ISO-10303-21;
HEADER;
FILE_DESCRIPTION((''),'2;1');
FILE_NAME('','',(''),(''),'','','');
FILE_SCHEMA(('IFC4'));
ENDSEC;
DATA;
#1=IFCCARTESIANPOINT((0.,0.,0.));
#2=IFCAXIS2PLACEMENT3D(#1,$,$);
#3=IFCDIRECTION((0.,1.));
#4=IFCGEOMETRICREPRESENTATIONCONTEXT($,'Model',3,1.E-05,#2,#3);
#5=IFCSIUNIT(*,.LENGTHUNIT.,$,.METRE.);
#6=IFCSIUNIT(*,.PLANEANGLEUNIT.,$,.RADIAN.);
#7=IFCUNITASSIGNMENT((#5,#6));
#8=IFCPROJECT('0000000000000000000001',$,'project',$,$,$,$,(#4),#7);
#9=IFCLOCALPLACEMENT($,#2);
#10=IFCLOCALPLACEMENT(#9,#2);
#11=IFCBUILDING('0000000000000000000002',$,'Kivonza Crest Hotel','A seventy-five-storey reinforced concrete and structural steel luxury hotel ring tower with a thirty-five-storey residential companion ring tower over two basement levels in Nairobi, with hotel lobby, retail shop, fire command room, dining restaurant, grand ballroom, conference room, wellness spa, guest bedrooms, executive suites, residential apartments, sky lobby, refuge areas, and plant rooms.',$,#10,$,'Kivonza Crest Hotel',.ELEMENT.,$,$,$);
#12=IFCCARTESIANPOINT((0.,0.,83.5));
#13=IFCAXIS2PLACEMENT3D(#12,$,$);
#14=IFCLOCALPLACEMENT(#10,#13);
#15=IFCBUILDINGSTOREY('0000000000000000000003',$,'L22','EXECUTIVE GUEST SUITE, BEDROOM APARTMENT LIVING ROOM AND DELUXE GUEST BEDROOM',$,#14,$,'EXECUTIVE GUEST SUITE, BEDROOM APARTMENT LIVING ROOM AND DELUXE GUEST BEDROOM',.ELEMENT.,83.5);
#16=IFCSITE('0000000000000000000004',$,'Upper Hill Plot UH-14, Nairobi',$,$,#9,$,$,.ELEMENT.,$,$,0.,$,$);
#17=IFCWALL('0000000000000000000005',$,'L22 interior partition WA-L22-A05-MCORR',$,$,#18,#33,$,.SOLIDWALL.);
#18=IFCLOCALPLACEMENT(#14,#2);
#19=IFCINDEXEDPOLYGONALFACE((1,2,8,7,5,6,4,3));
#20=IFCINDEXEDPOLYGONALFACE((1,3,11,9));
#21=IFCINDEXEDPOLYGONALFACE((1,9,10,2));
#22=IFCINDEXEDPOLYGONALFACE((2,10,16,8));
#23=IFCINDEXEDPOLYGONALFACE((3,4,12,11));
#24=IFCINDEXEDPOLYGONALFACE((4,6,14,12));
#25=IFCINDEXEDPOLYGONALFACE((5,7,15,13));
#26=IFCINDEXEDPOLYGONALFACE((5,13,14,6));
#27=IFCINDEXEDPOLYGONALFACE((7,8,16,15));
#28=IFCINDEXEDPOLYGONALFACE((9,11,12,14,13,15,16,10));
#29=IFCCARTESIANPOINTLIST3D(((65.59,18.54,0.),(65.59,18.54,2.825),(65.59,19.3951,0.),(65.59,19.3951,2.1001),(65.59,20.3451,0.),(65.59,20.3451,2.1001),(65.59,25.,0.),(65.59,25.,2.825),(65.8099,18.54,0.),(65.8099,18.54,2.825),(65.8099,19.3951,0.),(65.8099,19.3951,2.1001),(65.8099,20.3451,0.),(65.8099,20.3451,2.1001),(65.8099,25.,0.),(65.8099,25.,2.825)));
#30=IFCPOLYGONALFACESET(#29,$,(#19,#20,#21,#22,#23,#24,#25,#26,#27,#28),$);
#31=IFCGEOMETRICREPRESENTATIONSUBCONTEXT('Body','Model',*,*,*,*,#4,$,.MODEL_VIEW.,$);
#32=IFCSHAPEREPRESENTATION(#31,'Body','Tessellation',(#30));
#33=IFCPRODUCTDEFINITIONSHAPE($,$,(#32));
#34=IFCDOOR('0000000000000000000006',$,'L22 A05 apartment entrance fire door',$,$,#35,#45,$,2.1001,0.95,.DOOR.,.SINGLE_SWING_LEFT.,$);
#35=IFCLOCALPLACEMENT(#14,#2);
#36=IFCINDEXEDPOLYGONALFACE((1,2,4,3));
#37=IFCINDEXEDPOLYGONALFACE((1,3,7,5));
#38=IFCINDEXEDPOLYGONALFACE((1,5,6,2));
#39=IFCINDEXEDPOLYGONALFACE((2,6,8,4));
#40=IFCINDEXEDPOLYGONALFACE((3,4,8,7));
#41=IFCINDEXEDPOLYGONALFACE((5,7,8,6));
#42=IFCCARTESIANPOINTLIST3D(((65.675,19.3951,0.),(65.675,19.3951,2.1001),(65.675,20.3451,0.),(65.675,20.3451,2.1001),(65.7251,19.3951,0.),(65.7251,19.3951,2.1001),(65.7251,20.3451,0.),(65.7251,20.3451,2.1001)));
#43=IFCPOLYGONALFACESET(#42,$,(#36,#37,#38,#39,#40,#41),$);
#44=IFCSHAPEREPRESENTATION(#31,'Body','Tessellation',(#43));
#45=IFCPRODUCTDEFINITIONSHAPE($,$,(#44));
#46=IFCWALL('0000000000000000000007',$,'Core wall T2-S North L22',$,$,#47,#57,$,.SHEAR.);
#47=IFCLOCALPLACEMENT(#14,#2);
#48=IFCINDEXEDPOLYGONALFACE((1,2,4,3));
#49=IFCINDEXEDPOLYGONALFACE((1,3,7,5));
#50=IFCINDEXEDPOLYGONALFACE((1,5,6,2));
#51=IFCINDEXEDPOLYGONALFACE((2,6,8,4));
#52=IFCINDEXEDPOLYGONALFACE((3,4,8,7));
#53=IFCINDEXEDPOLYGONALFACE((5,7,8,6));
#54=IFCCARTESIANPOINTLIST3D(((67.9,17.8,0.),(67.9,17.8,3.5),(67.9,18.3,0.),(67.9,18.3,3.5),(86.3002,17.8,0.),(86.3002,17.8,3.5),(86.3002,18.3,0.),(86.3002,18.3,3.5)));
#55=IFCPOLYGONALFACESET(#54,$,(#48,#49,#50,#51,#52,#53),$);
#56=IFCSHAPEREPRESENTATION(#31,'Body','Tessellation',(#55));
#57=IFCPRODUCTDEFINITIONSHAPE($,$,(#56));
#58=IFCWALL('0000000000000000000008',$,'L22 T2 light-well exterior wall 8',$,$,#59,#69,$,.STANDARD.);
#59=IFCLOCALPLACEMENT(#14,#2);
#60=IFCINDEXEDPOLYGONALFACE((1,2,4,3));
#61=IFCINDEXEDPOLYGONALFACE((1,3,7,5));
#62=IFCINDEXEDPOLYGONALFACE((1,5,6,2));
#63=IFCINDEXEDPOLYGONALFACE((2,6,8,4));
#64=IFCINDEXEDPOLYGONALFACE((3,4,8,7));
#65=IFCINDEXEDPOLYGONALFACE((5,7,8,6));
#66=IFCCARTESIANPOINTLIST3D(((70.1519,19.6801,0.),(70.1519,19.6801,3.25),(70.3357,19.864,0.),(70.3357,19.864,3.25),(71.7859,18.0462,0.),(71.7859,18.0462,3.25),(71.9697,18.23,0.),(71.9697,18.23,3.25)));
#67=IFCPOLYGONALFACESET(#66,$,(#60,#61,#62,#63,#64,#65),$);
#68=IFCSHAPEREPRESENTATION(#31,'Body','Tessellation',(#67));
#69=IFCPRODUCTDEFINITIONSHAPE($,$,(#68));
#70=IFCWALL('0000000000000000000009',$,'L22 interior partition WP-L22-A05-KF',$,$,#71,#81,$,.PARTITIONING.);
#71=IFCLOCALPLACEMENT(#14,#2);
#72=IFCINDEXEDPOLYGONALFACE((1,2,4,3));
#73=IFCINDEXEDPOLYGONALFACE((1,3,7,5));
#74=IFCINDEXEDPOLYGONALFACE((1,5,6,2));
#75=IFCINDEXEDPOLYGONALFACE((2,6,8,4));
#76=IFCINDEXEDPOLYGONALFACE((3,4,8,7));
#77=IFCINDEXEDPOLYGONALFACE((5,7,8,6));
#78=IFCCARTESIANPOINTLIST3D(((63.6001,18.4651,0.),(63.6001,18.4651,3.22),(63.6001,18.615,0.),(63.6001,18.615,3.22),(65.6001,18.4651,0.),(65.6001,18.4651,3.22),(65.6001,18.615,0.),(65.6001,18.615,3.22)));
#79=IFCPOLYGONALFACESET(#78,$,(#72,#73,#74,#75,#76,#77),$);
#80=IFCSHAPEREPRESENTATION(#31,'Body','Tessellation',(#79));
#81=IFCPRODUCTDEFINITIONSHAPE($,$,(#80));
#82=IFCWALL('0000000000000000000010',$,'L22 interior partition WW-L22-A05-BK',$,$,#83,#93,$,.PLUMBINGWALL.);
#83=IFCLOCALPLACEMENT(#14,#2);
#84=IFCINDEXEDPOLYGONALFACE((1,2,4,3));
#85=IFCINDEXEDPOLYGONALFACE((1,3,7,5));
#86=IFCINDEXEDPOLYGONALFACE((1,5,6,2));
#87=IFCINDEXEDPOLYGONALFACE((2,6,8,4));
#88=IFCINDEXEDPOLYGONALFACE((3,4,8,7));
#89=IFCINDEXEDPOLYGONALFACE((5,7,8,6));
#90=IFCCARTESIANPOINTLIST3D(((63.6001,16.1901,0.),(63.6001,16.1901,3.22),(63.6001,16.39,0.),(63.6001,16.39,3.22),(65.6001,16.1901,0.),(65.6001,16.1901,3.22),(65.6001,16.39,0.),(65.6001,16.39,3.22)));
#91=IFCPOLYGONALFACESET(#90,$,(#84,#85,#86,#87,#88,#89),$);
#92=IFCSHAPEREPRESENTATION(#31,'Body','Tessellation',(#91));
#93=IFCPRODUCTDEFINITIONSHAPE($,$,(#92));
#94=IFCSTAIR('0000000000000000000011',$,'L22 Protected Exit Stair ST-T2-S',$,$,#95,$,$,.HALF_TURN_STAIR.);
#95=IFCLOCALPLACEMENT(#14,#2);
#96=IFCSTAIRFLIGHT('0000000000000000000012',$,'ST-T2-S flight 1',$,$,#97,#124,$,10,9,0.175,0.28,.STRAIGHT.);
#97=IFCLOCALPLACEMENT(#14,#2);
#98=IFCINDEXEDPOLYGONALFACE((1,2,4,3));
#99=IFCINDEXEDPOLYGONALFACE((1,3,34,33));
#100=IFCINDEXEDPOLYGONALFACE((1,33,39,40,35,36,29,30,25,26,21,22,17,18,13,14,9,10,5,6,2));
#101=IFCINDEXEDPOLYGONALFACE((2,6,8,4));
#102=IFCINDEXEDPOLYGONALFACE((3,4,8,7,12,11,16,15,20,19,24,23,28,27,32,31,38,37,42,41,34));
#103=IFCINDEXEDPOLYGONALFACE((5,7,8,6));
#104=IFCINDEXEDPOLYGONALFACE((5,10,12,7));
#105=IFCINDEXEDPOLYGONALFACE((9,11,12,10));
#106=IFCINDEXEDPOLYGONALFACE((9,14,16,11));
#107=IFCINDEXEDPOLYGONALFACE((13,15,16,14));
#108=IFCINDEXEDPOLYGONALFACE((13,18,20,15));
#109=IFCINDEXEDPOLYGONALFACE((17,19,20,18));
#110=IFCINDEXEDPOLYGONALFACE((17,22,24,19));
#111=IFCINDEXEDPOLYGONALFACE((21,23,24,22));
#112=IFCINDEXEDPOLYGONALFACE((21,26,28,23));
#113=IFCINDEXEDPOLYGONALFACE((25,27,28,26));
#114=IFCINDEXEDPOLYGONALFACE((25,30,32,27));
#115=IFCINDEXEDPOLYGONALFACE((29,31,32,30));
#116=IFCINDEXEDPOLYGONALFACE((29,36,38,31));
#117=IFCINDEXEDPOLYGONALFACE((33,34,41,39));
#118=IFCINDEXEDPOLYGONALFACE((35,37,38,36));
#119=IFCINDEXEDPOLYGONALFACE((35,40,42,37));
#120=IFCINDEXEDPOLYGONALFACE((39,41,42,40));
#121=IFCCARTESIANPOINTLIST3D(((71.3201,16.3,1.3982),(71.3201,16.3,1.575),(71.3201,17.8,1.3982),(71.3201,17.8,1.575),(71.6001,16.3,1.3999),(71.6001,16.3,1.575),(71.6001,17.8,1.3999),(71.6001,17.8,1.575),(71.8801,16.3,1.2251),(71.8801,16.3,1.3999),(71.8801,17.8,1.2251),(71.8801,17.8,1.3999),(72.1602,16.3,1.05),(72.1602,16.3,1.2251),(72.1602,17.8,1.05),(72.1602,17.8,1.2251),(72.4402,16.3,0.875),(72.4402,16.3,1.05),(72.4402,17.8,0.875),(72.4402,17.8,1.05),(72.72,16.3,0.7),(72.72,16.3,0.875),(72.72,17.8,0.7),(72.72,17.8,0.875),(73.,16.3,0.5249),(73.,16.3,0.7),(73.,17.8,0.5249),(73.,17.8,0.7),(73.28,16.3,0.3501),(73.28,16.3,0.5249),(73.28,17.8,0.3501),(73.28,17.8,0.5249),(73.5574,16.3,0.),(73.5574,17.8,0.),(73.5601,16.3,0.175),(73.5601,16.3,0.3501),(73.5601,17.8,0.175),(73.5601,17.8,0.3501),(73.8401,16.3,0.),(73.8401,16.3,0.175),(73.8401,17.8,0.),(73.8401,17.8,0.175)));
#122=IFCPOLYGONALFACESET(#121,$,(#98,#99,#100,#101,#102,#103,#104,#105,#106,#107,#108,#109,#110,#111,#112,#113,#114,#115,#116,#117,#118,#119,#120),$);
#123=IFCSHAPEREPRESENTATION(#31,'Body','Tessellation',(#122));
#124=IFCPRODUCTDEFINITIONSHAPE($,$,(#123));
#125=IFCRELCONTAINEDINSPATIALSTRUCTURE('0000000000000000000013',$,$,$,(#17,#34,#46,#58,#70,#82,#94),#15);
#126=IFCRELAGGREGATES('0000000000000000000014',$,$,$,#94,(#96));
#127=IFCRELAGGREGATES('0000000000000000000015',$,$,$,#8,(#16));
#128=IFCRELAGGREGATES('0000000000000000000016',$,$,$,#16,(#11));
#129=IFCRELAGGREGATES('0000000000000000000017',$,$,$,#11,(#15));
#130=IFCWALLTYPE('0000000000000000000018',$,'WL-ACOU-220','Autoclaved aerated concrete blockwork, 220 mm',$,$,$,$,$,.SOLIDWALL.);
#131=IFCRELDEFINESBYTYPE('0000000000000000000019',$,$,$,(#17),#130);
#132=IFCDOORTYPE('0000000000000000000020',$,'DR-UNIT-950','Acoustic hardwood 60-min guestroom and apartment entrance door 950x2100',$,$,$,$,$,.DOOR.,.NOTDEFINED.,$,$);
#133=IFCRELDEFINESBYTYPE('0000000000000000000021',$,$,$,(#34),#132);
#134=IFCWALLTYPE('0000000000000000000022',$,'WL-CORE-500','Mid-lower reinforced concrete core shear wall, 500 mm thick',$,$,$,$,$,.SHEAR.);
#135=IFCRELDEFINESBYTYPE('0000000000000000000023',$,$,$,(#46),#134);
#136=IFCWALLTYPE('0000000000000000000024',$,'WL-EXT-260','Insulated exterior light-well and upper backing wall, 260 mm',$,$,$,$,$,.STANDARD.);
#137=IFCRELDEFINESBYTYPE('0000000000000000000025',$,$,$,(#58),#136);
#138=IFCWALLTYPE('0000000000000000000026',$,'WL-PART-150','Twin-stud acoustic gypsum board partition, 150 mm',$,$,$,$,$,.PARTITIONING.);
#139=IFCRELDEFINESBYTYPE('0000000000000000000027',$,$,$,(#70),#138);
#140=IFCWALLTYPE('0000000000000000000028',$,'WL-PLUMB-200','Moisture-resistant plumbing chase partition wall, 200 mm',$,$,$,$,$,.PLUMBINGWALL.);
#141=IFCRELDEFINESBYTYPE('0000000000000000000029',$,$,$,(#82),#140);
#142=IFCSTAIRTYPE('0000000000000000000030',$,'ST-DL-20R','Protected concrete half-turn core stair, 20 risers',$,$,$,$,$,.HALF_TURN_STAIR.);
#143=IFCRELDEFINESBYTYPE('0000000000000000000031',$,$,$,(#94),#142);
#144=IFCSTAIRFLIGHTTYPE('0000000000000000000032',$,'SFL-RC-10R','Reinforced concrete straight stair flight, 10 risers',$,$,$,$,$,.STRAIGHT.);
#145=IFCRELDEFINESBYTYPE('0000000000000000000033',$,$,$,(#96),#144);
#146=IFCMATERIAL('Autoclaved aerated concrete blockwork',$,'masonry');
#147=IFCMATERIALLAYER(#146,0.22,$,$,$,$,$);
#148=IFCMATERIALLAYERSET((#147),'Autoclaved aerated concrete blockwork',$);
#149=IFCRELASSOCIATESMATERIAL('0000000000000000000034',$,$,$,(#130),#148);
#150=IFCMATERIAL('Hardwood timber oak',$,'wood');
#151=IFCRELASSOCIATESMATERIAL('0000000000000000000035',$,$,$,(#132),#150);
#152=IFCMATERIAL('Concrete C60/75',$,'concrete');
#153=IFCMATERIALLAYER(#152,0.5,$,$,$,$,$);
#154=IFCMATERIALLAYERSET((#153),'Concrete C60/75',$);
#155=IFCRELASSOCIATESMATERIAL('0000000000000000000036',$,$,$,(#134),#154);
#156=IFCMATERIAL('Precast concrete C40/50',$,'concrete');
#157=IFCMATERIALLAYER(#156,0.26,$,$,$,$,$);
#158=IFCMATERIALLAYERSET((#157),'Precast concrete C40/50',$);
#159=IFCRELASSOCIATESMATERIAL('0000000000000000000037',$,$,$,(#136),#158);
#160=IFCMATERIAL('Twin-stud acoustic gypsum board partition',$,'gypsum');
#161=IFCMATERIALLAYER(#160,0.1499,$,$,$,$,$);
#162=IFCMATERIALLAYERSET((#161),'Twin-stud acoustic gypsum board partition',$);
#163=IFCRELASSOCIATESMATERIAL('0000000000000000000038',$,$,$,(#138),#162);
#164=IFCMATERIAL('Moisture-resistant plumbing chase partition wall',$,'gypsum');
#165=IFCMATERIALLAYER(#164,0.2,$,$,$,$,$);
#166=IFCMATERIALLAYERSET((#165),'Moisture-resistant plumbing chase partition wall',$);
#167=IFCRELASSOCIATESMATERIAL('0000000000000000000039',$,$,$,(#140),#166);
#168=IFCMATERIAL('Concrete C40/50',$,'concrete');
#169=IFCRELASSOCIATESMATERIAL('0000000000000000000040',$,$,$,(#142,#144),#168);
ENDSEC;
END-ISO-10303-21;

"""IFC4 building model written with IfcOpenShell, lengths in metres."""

from ifc_helpers import new_model, si_unit, direction, frame, frame_2d, origin, place, context, subcontext, project, spatial, polyline, rectangle, outline, extrude, material, layer, layer_set, type_object, element, fill, aggregate, save


model = new_model("IFC4")

# Units and contexts
model_context = context("Model", 3, precision=1e-05, world=origin(), true_north=direction((0.0, 1.0)))
body_context = subcontext(model_context, "Body", "Model", "MODEL_VIEW")
ifc_project = project(units=[si_unit("LENGTHUNIT", "METRE"), si_unit("PLANEANGLEUNIT", "RADIAN")], contexts=[model_context])

# Site, building, storey
site_placement = place(None, origin())
site = spatial("IfcSite", under=ifc_project, at=site_placement, Name="Upper Hill Plot UH-14, Nairobi", CompositionType="ELEMENT", RefElevation=0.0)
building_placement = place(site_placement, origin())
building = spatial("IfcBuilding", under=site, at=building_placement, Name="Kivonza Crest Hotel", Description="A seventy-five-storey reinforced concrete and structural steel luxury hotel ring tower with a thirty-five-storey residential companion ring tower over two basement levels in Nairobi, with hotel lobby, retail shop, fire command room, dining restaurant, grand ballroom, conference room, wellness spa, guest bedrooms, executive suites, residential apartments, sky lobby, refuge areas, and plant rooms.", LongName="Kivonza Crest Hotel", CompositionType="ELEMENT")
storey_placement = place(building_placement, frame((0.0, 0.0, 83.5)))
storey = spatial("IfcBuildingStorey", under=building, at=storey_placement, Name="L22", Description="EXECUTIVE GUEST SUITE, BEDROOM APARTMENT LIVING ROOM AND DELUXE GUEST BEDROOM", LongName="EXECUTIVE GUEST SUITE, BEDROOM APARTMENT LIVING ROOM AND DELUXE GUEST BEDROOM", CompositionType="ELEMENT", Elevation=83.5)

# Wall, opening, door
ifc_material_1 = material(Name="Autoclaved aerated concrete blockwork", Category="masonry")
ifc_layer_1 = layer(ifc_material_1, 0.22)
ifc_layer_set_1 = layer_set([ifc_layer_1], Name="Autoclaved aerated concrete blockwork")
wall_type_1 = type_object("IfcWallType", Name="WL-ACOU-220", Description="Autoclaved aerated concrete blockwork, 220 mm", PredefinedType="SOLIDWALL", material=ifc_layer_set_1)
wall_1_placement = place(storey_placement, frame((65.7, 18.54, 0.0), z_axis=(0.0, 0.0, 1.0), x_axis=(0.0, 1.0, 0.0)))
wall_1 = element("IfcWall", 1, at=wall_1_placement, inside=storey, type_object=wall_type_1, Name="L22 interior partition WA-L22-A05-MCORR", PredefinedType="SOLIDWALL", context=body_context, shape_type="SweptSolid", body=[
    extrude(rectangle(XDim=6.46, YDim=0.22, at=frame_2d((3.23, 0.0))), origin(), (0.0, 0.0, 1.0), 2.825),
])
opening_placement = place(wall_1_placement, frame((0.855, 0.0, 0.0)))
opening = element("IfcOpeningElement", 2, at=opening_placement, cuts=wall_1, PredefinedType="OPENING", context=body_context, shape_type="SweptSolid", body=[
    extrude(rectangle(XDim=0.95, YDim=2.1001, at=frame_2d((0.4751, 1.05))), frame((0.0, 0.1201, 0.0), z_axis=(0.0, -1.0, 0.0), x_axis=(1.0, 0.0, 0.0)), (0.0, 0.0, 1.0), 0.24),
])
ifc_material_2 = material(Name="Hardwood timber oak", Category="wood")
door_type = type_object("IfcDoorType", Name="DR-UNIT-950", Description="Acoustic hardwood 60-min guestroom and apartment entrance door 950x2100", OperationType="NOTDEFINED", PredefinedType="DOOR", material=ifc_material_2)
door_placement = place(opening_placement, origin())
door = element("IfcDoor", 3, at=door_placement, inside=storey, type_object=door_type, Name="L22 A05 apartment entrance fire door", OperationType="SINGLE_SWING_LEFT", OverallHeight=2.1001, OverallWidth=0.95, PredefinedType="DOOR", context=body_context, shape_type="SweptSolid", body=[
    extrude(rectangle(XDim=0.95, YDim=2.1001, at=frame_2d((0.4751, 1.05))), frame((0.0, 0.0249, 0.0), z_axis=(0.0, -1.0, 0.0), x_axis=(1.0, 0.0, 0.0)), (0.0, 0.0, 1.0), 0.05),
])
fill(opening, door)

# Walls
ifc_material_3 = material(Name="Concrete C60/75", Category="concrete")
ifc_layer_2 = layer(ifc_material_3, 0.5)
ifc_layer_set_2 = layer_set([ifc_layer_2], Name="Concrete C60/75")
wall_type_2 = type_object("IfcWallType", Name="WL-CORE-500", Description="Mid-lower reinforced concrete core shear wall, 500 mm thick", PredefinedType="SHEAR", material=ifc_layer_set_2)
wall_2_placement = place(storey_placement, frame((67.8999, 18.05, 0.0), z_axis=(0.0, 0.0, 1.0), x_axis=(1.0, 0.0, 0.0)))
element("IfcWall", 4, at=wall_2_placement, inside=storey, type_object=wall_type_2, Name="Core wall T2-S North L22", PredefinedType="SHEAR", context=body_context, shape_type="SweptSolid", body=[
    extrude(rectangle(XDim=18.4001, YDim=0.5, at=frame_2d((9.2002, 0.0))), origin(), (0.0, 0.0, 1.0), 3.5),
])
ifc_material_4 = material(Name="Precast concrete C40/50", Category="concrete")
ifc_layer_3 = layer(ifc_material_4, 0.26)
ifc_layer_set_3 = layer_set([ifc_layer_3], Name="Precast concrete C40/50")
wall_type_3 = type_object("IfcWallType", Name="WL-EXT-260", Description="Insulated exterior light-well and upper backing wall, 260 mm", PredefinedType="STANDARD", material=ifc_layer_set_3)
wall_3_placement = place(storey_placement, frame((70.2439, 19.772, 0.0), z_axis=(0.0, 0.0, 1.0), x_axis=(0.707107, -0.707107, 0.0)))
element("IfcWall", 5, at=wall_3_placement, inside=storey, type_object=wall_type_3, Name="L22 T2 light-well exterior wall 8", PredefinedType="STANDARD", context=body_context, shape_type="SweptSolid", body=[
    extrude(rectangle(XDim=2.3108, YDim=0.26, at=frame_2d((1.1553, 0.0))), origin(), (0.0, 0.0, 1.0), 3.25),
])
ifc_material_5 = material(Name="Twin-stud acoustic gypsum board partition", Category="gypsum")
ifc_layer_4 = layer(ifc_material_5, 0.1499)
ifc_layer_set_4 = layer_set([ifc_layer_4], Name="Twin-stud acoustic gypsum board partition")
wall_type_4 = type_object("IfcWallType", Name="WL-PART-150", Description="Twin-stud acoustic gypsum board partition, 150 mm", PredefinedType="PARTITIONING", material=ifc_layer_set_4)
wall_4_placement = place(storey_placement, frame((63.6001, 18.54, 0.0), z_axis=(0.0, 0.0, 1.0), x_axis=(1.0, 0.0, 0.0)))
element("IfcWall", 6, at=wall_4_placement, inside=storey, type_object=wall_type_4, Name="L22 interior partition WP-L22-A05-KF", PredefinedType="PARTITIONING", context=body_context, shape_type="SweptSolid", body=[
    extrude(rectangle(XDim=2.0, YDim=0.1499, at=frame_2d((1.0, 0.0))), origin(), (0.0, 0.0, 1.0), 3.22),
])
ifc_material_6 = material(Name="Moisture-resistant plumbing chase partition wall", Category="gypsum")
ifc_layer_5 = layer(ifc_material_6, 0.2)
ifc_layer_set_5 = layer_set([ifc_layer_5], Name="Moisture-resistant plumbing chase partition wall")
wall_type_5 = type_object("IfcWallType", Name="WL-PLUMB-200", Description="Moisture-resistant plumbing chase partition wall, 200 mm", PredefinedType="PLUMBINGWALL", material=ifc_layer_set_5)
wall_5_placement = place(storey_placement, frame((63.6001, 16.29, 0.0), z_axis=(0.0, 0.0, 1.0), x_axis=(1.0, 0.0, 0.0)))
element("IfcWall", 7, at=wall_5_placement, inside=storey, type_object=wall_type_5, Name="L22 interior partition WW-L22-A05-BK", PredefinedType="PLUMBINGWALL", context=body_context, shape_type="SweptSolid", body=[
    extrude(rectangle(XDim=2.0, YDim=0.2, at=frame_2d((1.0, 0.0))), origin(), (0.0, 0.0, 1.0), 3.22),
])

# Stair, stair flight
ifc_material_7 = material(Name="Concrete C40/50", Category="concrete")
stair_type = type_object("IfcStairType", Name="ST-DL-20R", Description="Protected concrete half-turn core stair, 20 risers", PredefinedType="HALF_TURN_STAIR", material=ifc_material_7)
stair_placement = place(storey_placement, origin())
stair = element("IfcStair", 8, at=stair_placement, inside=storey, type_object=stair_type, Name="L22 Protected Exit Stair ST-T2-S", PredefinedType="HALF_TURN_STAIR")
stair_flight_type = type_object("IfcStairFlightType", Name="SFL-RC-10R", Description="Reinforced concrete straight stair flight, 10 risers", PredefinedType="STRAIGHT", material=ifc_material_7)
stair_flight_placement = place(storey_placement, frame((73.8401, 17.05, 0.0), z_axis=(0.0, 0.0, 1.0), x_axis=(-1.0, 0.0, 0.0)))
stair_flight = element("IfcStairFlight", 9, at=stair_flight_placement, type_object=stair_flight_type, Name="ST-T2-S flight 1", NumberOfRisers=10, NumberOfTreads=9, PredefinedType="STRAIGHT", RiserHeight=0.175, TreadLength=0.28, context=body_context, shape_type="SweptSolid", body=[
    extrude(outline(polyline([(0.0, 0.0), (0.0, 0.175), (0.28, 0.175), (0.28, 0.3501), (0.5601, 0.3501), (0.5601, 0.5249), (0.8401, 0.5249), (0.8401, 0.7), (1.1201, 0.7), (1.1201, 0.875), (1.3999, 0.875), (1.3999, 1.05), (1.6799, 1.05), (1.6799, 1.2251), (1.96, 1.2251), (1.96, 1.3999), (2.24, 1.3999), (2.24, 1.575), (2.52, 1.575), (2.52, 1.75), (2.52, 1.3982), (0.2827, 0.0), (0.0, 0.0)])), frame((0.0, 0.75, 0.0), z_axis=(0.0, -1.0, 0.0), x_axis=(1.0, 0.0, 0.0)), (0.0, 0.0, 1.0), 1.5),
])
aggregate(stair, [stair_flight])

save(model, "model.ifc")
